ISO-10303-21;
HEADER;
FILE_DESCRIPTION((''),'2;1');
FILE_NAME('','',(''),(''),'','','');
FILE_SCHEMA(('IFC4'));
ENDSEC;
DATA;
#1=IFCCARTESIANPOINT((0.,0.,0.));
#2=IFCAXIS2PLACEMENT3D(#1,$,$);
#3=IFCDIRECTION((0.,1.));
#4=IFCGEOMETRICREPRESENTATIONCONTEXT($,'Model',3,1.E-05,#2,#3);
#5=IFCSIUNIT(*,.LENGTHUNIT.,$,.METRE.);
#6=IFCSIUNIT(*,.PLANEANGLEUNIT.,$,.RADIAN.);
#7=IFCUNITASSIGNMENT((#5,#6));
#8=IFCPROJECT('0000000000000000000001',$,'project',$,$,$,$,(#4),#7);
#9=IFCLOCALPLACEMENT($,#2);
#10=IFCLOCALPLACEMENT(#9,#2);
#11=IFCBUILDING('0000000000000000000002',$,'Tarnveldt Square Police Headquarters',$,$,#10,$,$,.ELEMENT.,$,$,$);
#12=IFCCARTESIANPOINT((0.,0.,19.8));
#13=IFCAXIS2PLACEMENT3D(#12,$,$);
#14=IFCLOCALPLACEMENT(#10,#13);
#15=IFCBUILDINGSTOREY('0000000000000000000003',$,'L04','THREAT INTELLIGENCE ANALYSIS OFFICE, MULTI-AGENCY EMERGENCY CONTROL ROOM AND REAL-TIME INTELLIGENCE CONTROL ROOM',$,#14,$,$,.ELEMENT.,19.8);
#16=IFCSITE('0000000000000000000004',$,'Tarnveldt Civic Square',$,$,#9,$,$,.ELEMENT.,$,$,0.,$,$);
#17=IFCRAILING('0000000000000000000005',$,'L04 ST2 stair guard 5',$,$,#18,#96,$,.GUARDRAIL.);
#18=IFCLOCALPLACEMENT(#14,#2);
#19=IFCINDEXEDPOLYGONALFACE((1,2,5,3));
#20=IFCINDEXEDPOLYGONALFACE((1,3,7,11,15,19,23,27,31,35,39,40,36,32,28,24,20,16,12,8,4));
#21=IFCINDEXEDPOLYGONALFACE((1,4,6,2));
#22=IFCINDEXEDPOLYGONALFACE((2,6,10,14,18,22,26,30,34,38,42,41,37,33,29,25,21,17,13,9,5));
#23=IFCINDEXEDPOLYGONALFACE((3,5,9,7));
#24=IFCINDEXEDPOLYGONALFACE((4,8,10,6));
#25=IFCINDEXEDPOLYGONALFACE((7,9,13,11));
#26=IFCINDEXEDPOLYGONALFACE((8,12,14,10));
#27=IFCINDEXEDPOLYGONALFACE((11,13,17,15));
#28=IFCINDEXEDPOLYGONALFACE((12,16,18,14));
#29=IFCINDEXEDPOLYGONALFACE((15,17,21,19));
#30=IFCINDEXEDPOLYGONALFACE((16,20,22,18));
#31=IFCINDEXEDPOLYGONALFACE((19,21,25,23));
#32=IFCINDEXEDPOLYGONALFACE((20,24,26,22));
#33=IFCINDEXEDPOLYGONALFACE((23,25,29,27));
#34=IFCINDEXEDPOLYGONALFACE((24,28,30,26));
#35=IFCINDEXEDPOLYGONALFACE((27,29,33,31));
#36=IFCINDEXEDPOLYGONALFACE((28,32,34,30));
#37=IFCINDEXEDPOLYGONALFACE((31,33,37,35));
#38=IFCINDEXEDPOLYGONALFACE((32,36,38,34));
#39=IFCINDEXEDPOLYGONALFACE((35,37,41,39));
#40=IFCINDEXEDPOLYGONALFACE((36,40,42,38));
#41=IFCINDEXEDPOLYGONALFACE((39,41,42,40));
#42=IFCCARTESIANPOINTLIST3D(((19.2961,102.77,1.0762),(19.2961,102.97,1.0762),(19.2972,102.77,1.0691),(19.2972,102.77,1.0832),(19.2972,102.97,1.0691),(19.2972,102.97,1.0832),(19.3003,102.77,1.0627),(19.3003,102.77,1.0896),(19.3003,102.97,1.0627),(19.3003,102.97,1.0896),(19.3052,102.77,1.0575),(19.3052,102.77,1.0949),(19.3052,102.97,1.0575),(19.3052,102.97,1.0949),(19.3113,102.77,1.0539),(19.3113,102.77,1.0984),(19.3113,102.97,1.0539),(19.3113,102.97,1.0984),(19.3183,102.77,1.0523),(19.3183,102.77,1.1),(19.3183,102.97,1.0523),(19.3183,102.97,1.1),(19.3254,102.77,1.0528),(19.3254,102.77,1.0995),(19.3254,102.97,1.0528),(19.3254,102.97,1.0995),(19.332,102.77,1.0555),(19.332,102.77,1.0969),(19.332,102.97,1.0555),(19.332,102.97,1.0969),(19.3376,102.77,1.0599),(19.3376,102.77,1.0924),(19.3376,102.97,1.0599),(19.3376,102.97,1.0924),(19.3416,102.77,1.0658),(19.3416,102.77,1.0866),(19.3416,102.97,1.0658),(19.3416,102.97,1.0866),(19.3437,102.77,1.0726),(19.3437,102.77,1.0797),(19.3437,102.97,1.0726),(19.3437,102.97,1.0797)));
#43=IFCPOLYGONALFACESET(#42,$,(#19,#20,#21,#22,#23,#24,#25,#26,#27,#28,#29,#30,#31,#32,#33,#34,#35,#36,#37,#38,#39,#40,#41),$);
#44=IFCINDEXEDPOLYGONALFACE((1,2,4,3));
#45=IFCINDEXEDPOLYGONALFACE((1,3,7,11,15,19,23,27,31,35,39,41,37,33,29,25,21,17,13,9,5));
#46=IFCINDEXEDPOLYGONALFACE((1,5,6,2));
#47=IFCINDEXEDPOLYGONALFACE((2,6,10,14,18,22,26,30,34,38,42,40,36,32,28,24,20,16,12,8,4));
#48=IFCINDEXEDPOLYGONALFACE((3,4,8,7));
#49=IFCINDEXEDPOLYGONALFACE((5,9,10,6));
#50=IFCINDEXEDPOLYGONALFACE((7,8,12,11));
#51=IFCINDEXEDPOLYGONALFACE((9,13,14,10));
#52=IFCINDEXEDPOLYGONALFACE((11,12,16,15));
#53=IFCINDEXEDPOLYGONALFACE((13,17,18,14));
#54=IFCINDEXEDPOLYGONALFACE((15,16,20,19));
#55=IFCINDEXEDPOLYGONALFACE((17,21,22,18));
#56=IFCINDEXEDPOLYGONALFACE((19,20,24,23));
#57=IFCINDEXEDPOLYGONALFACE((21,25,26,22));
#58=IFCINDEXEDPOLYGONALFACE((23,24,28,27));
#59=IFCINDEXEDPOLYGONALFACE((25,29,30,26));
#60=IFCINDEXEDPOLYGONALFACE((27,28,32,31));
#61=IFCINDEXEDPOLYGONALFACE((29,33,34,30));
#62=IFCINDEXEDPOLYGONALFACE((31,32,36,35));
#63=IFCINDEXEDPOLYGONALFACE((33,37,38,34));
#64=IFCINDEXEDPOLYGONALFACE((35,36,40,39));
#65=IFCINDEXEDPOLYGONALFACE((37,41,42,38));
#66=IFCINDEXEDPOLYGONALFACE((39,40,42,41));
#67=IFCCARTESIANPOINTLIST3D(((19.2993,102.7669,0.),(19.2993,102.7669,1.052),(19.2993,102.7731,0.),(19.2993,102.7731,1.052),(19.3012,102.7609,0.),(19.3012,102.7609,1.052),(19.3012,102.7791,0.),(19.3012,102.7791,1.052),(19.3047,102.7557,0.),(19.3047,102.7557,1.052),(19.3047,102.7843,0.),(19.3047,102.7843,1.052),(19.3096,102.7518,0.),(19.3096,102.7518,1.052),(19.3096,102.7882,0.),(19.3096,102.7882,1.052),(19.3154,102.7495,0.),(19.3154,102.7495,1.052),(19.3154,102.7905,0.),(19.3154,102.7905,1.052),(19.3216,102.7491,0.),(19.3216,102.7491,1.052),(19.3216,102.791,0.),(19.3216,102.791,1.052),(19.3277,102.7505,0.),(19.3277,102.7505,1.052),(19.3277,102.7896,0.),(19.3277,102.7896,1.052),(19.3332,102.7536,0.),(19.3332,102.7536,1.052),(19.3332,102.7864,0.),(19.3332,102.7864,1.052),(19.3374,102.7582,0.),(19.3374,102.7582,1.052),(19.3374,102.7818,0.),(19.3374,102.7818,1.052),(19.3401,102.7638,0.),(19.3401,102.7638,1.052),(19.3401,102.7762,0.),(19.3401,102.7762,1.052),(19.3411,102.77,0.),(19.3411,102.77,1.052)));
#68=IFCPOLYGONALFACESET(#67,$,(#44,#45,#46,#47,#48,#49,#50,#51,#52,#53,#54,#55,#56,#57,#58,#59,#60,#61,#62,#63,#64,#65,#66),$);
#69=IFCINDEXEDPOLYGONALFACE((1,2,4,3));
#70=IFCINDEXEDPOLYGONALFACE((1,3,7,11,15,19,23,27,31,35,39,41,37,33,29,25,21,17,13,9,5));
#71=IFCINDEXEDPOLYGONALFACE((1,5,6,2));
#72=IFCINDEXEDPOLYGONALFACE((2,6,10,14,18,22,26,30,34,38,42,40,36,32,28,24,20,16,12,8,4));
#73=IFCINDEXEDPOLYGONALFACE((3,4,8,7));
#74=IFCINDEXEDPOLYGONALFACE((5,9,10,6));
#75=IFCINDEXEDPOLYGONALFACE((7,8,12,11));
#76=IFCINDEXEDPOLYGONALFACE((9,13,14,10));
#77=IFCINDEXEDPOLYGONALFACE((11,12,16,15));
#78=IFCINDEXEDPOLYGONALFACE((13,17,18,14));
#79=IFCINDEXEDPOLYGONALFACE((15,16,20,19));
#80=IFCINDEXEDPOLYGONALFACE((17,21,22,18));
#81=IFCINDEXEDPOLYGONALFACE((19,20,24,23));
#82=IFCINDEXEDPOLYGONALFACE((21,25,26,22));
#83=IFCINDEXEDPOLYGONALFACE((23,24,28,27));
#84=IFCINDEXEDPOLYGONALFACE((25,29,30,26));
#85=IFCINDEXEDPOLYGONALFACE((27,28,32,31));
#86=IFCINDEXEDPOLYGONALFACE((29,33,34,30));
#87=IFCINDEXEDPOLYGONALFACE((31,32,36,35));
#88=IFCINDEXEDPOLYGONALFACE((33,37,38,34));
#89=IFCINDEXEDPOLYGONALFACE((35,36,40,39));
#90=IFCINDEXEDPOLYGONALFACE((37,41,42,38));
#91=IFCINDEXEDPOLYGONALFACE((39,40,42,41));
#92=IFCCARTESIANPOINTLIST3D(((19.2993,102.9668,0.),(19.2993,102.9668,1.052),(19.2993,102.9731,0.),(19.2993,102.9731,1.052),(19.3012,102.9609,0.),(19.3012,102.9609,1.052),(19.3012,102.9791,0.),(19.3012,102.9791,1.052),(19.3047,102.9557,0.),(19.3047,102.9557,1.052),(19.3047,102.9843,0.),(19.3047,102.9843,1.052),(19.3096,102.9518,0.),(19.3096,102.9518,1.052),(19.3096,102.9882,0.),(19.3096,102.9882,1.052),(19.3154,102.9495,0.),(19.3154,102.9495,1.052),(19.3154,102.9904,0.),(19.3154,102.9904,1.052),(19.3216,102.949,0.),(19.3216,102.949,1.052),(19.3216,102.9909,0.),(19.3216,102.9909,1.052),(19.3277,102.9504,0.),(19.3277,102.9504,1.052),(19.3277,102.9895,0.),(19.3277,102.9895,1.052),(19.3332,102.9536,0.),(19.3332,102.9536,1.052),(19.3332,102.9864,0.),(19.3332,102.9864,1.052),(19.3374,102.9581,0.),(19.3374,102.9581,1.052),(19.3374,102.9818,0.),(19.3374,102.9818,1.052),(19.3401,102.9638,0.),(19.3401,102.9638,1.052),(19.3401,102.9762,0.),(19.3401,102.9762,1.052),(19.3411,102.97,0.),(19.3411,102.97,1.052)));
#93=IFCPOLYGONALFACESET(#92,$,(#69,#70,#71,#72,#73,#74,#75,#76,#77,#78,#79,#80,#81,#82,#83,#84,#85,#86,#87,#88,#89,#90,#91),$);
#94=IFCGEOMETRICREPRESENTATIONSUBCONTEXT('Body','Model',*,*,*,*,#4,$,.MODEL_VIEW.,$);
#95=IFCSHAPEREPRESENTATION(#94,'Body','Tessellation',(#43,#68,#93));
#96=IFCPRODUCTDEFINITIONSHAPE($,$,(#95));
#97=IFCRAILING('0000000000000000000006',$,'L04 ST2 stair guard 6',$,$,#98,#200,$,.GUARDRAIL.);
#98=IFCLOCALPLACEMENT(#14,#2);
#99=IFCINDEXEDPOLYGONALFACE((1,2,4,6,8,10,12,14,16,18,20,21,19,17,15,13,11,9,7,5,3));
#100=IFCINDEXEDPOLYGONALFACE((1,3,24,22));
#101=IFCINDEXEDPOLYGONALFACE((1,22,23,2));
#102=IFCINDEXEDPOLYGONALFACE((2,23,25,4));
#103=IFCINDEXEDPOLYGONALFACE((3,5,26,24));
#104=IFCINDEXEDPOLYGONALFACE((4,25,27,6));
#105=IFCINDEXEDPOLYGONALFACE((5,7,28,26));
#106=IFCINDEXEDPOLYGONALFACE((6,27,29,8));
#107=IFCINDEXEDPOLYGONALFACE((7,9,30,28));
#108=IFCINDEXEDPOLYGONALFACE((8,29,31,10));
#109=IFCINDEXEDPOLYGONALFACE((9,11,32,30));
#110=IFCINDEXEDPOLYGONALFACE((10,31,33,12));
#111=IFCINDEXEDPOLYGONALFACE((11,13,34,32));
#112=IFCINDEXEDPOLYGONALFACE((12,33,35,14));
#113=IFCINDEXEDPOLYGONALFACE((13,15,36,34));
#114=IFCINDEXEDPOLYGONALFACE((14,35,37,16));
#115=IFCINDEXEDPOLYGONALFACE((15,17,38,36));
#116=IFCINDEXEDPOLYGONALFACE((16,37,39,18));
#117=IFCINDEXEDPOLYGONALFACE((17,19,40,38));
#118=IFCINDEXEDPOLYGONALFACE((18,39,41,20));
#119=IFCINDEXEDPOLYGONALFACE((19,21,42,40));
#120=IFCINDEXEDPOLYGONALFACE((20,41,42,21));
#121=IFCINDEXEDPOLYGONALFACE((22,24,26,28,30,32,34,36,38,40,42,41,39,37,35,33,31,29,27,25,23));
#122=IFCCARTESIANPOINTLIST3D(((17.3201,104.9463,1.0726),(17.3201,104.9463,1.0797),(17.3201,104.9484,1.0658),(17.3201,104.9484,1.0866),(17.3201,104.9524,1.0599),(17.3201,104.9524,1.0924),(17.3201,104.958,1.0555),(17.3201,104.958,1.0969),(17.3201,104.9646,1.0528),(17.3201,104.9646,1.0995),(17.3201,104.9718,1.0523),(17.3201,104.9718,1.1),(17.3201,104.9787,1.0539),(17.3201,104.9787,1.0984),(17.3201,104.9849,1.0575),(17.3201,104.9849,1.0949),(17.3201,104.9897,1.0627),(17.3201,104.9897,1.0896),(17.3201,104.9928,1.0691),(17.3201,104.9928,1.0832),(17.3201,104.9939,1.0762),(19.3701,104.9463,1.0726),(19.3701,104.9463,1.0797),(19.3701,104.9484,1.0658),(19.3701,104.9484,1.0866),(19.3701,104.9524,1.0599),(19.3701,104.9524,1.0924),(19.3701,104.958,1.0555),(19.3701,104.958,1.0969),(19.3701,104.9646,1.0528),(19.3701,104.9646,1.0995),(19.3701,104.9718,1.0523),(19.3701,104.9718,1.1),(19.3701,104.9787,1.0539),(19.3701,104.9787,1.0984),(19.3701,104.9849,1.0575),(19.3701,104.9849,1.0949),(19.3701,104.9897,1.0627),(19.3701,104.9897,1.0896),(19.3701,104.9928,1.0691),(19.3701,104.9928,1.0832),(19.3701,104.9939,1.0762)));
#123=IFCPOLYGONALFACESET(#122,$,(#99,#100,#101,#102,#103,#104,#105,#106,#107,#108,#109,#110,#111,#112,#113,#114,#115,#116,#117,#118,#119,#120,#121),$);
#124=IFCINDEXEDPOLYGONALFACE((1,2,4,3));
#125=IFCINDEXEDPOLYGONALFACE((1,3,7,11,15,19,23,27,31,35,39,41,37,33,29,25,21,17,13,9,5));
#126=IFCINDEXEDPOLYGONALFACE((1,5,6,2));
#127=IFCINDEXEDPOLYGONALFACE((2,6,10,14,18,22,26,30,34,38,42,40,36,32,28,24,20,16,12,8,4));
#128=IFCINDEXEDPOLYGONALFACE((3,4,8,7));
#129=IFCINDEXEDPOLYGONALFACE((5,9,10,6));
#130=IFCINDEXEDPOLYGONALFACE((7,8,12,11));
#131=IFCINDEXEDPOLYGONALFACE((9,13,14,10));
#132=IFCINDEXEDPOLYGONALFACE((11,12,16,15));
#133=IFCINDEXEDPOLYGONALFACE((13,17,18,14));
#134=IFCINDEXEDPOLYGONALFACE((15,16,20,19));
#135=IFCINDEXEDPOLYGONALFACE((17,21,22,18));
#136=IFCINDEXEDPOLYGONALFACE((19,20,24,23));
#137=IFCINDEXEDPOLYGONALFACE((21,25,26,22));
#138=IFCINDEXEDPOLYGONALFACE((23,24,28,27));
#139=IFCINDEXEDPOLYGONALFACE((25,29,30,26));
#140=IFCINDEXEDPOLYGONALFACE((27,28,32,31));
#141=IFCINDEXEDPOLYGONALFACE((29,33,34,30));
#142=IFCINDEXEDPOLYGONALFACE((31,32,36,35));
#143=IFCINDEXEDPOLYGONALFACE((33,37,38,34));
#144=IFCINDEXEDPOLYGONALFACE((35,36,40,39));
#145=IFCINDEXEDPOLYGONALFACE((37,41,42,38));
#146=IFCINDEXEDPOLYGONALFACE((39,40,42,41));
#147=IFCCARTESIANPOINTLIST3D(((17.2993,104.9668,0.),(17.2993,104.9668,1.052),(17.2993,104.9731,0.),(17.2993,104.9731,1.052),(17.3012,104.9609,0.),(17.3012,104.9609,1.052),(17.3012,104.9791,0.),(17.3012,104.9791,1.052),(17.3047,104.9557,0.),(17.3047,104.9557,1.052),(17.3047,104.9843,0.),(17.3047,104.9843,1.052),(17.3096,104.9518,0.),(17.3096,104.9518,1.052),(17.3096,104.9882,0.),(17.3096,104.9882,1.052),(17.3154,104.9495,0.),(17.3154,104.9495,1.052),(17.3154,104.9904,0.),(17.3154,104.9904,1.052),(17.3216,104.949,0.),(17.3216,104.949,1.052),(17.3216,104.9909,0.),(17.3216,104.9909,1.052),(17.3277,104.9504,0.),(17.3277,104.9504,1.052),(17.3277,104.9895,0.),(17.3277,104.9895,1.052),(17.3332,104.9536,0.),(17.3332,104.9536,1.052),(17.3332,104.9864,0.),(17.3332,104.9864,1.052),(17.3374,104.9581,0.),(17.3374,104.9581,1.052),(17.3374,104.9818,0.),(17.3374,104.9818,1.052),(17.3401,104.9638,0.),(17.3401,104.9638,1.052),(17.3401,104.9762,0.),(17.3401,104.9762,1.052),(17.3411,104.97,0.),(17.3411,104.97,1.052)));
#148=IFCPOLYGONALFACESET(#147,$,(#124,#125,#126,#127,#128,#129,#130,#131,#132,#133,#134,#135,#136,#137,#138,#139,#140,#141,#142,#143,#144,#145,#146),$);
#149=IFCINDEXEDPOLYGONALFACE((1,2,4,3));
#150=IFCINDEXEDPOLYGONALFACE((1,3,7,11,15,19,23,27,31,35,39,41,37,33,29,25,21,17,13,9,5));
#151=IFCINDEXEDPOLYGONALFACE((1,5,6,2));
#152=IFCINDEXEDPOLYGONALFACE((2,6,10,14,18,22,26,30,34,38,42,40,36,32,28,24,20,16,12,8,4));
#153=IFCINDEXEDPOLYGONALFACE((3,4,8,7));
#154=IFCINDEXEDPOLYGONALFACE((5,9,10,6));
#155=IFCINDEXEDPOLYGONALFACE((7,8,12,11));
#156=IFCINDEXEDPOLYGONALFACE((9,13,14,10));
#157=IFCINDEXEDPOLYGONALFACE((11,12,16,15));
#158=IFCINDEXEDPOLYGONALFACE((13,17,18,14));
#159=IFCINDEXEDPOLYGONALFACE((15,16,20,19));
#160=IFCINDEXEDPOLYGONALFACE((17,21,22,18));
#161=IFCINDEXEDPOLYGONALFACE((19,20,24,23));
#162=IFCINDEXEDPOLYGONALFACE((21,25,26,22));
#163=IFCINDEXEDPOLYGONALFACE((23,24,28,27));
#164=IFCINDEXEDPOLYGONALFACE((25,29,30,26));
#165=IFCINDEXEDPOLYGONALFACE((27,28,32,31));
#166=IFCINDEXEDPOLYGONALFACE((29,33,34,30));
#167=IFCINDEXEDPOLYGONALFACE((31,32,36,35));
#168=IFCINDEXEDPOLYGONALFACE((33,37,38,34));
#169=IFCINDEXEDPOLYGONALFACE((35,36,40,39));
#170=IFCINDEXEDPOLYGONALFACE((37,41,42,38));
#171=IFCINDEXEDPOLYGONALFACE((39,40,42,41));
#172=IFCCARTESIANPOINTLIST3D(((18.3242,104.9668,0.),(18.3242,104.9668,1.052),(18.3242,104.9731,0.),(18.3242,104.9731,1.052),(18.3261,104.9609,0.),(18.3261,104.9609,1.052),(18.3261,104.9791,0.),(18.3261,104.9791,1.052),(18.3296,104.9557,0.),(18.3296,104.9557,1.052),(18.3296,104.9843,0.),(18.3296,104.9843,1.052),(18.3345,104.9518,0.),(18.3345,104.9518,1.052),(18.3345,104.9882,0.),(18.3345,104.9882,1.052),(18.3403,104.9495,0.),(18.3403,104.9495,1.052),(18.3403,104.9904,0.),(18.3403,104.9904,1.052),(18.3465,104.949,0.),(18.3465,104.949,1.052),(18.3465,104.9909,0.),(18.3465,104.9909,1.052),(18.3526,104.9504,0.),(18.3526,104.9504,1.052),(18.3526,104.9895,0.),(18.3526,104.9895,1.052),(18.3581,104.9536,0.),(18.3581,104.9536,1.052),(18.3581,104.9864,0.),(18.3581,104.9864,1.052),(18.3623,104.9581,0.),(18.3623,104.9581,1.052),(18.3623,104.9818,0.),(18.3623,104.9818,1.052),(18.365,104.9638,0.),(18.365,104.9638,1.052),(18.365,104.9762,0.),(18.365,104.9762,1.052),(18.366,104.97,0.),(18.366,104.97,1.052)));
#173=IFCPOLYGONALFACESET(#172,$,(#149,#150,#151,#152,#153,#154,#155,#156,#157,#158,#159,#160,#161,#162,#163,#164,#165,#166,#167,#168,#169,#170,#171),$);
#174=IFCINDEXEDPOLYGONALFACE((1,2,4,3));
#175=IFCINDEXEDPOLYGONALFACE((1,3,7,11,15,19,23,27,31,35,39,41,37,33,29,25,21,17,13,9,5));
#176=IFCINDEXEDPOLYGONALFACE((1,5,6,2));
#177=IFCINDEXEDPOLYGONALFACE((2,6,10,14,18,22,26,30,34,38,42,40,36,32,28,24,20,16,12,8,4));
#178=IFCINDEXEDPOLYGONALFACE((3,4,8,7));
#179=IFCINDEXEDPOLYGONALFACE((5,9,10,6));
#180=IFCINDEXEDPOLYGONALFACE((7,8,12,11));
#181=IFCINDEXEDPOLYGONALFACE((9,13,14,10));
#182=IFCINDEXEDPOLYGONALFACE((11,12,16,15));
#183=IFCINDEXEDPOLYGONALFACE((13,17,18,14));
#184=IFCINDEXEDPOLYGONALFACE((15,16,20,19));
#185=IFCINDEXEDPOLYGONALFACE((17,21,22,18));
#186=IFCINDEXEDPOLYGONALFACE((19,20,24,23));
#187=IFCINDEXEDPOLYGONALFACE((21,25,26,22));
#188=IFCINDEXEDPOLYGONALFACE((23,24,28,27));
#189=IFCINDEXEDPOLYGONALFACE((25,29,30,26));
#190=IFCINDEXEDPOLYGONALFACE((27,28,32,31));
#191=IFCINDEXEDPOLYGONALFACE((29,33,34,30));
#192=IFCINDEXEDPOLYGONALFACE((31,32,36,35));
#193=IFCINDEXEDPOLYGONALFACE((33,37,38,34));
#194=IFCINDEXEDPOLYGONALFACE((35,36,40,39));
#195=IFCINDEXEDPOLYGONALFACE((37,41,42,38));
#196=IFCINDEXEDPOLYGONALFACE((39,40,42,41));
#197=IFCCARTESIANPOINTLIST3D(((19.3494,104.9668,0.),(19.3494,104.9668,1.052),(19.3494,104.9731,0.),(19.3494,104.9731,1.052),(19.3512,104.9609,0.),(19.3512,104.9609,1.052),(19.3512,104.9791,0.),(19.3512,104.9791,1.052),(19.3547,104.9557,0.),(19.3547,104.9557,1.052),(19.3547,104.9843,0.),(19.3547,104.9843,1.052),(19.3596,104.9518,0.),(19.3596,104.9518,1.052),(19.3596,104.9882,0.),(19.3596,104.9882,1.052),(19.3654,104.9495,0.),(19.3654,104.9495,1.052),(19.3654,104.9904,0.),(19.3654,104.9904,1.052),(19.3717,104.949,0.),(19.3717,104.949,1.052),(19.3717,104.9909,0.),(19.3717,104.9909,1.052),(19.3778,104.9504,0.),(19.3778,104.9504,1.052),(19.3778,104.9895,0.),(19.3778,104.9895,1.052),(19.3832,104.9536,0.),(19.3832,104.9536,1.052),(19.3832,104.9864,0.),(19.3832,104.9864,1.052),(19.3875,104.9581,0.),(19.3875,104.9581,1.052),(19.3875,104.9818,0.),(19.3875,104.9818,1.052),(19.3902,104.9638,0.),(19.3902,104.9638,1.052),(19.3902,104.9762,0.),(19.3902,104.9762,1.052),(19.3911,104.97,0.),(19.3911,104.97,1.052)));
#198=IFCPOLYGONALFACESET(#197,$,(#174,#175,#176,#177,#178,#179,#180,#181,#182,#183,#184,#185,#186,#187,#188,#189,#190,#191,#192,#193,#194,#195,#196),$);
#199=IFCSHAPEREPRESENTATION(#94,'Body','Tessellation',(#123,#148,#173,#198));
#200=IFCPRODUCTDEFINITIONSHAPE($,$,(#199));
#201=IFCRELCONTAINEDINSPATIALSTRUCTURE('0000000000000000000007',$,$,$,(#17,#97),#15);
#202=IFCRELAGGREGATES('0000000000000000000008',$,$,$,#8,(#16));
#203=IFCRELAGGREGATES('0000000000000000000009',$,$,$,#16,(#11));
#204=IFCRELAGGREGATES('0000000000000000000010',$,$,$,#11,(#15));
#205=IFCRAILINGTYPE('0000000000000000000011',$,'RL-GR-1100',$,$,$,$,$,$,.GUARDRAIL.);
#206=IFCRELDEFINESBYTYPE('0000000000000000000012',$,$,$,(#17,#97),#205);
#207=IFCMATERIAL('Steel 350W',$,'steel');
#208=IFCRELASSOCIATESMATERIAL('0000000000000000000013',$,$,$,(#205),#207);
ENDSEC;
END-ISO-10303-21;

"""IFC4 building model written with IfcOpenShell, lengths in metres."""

from ifc_helpers import new_model, si_unit, direction, frame, origin, origin_2d, place, context, subcontext, project, spatial, circle, extrude, material, type_object, element, save


model = new_model("IFC4")

# Units and contexts
model_context = context("Model", 3, precision=1e-05, world=origin(), true_north=direction((0.0, 1.0)))
body_context = subcontext(model_context, "Body", "Model", "MODEL_VIEW")
ifc_project = project(units=[si_unit("LENGTHUNIT", "METRE"), si_unit("PLANEANGLEUNIT", "RADIAN")], contexts=[model_context])

# Site, building, storey
site_placement = place(None, origin())
site = spatial("IfcSite", under=ifc_project, at=site_placement, Name="Tarnveldt Civic Square", CompositionType="ELEMENT", RefElevation=0.0)
building_placement = place(site_placement, origin())
building = spatial("IfcBuilding", under=site, at=building_placement, Name="Tarnveldt Square Police Headquarters", CompositionType="ELEMENT")
storey_placement = place(building_placement, frame((0.0, 0.0, 19.8)))
storey = spatial("IfcBuildingStorey", under=building, at=storey_placement, Name="L04", Description="THREAT INTELLIGENCE ANALYSIS OFFICE, MULTI-AGENCY EMERGENCY CONTROL ROOM AND REAL-TIME INTELLIGENCE CONTROL ROOM", CompositionType="ELEMENT", Elevation=19.8)

# Shared definitions
ifc_material_1 = material(Name="Steel 350W", Category="steel")

# Railings
railing_type_1 = type_object("IfcRailingType", Name="RL-GR-1100", PredefinedType="GUARDRAIL", material=ifc_material_1)
railing_1_placement = place(storey_placement, frame((19.3201, 102.77, 0.0)))
element("IfcRailing", 1, at=railing_1_placement, inside=storey, type_object=railing_type_1, Name="L04 ST2 stair guard 5", PredefinedType="GUARDRAIL", context=body_context, shape_type="SweptSolid", body=[
    extrude(circle(Radius=0.0239, at=origin_2d()), frame((0.0, 0.0, 1.0762), z_axis=(0.0, 1.0, 0.0), x_axis=(-1.0, 0.0, 0.0)), (0.0, 0.0, 1.0), 0.2),
    extrude(circle(Radius=0.021, at=origin_2d()), origin(), (0.0, 0.0, 1.0), 1.052),
    extrude(circle(Radius=0.021, at=origin_2d()), frame((0.0, 0.2, 0.0)), (0.0, 0.0, 1.0), 1.052),
])
railing_2_placement = place(storey_placement, frame((17.3201, 104.97, 0.0)))
element("IfcRailing", 2, at=railing_2_placement, inside=storey, type_object=railing_type_1, Name="L04 ST2 stair guard 6", PredefinedType="GUARDRAIL", context=body_context, shape_type="SweptSolid", body=[
    extrude(circle(Radius=0.0239, at=origin_2d()), frame((0.0, 0.0, 1.0762), z_axis=(1.0, 0.0, 0.0), x_axis=(0.0, 1.0, 0.0)), (0.0, 0.0, 1.0), 2.05),
    extrude(circle(Radius=0.021, at=origin_2d()), origin(), (0.0, 0.0, 1.0), 1.052),
    extrude(circle(Radius=0.021, at=origin_2d()), frame((1.0249, 0.0, 0.0)), (0.0, 0.0, 1.0), 1.052),
    extrude(circle(Radius=0.021, at=origin_2d()), frame((2.05, 0.0, 0.0)), (0.0, 0.0, 1.0), 1.052),
])

save(model, "model.ifc")
